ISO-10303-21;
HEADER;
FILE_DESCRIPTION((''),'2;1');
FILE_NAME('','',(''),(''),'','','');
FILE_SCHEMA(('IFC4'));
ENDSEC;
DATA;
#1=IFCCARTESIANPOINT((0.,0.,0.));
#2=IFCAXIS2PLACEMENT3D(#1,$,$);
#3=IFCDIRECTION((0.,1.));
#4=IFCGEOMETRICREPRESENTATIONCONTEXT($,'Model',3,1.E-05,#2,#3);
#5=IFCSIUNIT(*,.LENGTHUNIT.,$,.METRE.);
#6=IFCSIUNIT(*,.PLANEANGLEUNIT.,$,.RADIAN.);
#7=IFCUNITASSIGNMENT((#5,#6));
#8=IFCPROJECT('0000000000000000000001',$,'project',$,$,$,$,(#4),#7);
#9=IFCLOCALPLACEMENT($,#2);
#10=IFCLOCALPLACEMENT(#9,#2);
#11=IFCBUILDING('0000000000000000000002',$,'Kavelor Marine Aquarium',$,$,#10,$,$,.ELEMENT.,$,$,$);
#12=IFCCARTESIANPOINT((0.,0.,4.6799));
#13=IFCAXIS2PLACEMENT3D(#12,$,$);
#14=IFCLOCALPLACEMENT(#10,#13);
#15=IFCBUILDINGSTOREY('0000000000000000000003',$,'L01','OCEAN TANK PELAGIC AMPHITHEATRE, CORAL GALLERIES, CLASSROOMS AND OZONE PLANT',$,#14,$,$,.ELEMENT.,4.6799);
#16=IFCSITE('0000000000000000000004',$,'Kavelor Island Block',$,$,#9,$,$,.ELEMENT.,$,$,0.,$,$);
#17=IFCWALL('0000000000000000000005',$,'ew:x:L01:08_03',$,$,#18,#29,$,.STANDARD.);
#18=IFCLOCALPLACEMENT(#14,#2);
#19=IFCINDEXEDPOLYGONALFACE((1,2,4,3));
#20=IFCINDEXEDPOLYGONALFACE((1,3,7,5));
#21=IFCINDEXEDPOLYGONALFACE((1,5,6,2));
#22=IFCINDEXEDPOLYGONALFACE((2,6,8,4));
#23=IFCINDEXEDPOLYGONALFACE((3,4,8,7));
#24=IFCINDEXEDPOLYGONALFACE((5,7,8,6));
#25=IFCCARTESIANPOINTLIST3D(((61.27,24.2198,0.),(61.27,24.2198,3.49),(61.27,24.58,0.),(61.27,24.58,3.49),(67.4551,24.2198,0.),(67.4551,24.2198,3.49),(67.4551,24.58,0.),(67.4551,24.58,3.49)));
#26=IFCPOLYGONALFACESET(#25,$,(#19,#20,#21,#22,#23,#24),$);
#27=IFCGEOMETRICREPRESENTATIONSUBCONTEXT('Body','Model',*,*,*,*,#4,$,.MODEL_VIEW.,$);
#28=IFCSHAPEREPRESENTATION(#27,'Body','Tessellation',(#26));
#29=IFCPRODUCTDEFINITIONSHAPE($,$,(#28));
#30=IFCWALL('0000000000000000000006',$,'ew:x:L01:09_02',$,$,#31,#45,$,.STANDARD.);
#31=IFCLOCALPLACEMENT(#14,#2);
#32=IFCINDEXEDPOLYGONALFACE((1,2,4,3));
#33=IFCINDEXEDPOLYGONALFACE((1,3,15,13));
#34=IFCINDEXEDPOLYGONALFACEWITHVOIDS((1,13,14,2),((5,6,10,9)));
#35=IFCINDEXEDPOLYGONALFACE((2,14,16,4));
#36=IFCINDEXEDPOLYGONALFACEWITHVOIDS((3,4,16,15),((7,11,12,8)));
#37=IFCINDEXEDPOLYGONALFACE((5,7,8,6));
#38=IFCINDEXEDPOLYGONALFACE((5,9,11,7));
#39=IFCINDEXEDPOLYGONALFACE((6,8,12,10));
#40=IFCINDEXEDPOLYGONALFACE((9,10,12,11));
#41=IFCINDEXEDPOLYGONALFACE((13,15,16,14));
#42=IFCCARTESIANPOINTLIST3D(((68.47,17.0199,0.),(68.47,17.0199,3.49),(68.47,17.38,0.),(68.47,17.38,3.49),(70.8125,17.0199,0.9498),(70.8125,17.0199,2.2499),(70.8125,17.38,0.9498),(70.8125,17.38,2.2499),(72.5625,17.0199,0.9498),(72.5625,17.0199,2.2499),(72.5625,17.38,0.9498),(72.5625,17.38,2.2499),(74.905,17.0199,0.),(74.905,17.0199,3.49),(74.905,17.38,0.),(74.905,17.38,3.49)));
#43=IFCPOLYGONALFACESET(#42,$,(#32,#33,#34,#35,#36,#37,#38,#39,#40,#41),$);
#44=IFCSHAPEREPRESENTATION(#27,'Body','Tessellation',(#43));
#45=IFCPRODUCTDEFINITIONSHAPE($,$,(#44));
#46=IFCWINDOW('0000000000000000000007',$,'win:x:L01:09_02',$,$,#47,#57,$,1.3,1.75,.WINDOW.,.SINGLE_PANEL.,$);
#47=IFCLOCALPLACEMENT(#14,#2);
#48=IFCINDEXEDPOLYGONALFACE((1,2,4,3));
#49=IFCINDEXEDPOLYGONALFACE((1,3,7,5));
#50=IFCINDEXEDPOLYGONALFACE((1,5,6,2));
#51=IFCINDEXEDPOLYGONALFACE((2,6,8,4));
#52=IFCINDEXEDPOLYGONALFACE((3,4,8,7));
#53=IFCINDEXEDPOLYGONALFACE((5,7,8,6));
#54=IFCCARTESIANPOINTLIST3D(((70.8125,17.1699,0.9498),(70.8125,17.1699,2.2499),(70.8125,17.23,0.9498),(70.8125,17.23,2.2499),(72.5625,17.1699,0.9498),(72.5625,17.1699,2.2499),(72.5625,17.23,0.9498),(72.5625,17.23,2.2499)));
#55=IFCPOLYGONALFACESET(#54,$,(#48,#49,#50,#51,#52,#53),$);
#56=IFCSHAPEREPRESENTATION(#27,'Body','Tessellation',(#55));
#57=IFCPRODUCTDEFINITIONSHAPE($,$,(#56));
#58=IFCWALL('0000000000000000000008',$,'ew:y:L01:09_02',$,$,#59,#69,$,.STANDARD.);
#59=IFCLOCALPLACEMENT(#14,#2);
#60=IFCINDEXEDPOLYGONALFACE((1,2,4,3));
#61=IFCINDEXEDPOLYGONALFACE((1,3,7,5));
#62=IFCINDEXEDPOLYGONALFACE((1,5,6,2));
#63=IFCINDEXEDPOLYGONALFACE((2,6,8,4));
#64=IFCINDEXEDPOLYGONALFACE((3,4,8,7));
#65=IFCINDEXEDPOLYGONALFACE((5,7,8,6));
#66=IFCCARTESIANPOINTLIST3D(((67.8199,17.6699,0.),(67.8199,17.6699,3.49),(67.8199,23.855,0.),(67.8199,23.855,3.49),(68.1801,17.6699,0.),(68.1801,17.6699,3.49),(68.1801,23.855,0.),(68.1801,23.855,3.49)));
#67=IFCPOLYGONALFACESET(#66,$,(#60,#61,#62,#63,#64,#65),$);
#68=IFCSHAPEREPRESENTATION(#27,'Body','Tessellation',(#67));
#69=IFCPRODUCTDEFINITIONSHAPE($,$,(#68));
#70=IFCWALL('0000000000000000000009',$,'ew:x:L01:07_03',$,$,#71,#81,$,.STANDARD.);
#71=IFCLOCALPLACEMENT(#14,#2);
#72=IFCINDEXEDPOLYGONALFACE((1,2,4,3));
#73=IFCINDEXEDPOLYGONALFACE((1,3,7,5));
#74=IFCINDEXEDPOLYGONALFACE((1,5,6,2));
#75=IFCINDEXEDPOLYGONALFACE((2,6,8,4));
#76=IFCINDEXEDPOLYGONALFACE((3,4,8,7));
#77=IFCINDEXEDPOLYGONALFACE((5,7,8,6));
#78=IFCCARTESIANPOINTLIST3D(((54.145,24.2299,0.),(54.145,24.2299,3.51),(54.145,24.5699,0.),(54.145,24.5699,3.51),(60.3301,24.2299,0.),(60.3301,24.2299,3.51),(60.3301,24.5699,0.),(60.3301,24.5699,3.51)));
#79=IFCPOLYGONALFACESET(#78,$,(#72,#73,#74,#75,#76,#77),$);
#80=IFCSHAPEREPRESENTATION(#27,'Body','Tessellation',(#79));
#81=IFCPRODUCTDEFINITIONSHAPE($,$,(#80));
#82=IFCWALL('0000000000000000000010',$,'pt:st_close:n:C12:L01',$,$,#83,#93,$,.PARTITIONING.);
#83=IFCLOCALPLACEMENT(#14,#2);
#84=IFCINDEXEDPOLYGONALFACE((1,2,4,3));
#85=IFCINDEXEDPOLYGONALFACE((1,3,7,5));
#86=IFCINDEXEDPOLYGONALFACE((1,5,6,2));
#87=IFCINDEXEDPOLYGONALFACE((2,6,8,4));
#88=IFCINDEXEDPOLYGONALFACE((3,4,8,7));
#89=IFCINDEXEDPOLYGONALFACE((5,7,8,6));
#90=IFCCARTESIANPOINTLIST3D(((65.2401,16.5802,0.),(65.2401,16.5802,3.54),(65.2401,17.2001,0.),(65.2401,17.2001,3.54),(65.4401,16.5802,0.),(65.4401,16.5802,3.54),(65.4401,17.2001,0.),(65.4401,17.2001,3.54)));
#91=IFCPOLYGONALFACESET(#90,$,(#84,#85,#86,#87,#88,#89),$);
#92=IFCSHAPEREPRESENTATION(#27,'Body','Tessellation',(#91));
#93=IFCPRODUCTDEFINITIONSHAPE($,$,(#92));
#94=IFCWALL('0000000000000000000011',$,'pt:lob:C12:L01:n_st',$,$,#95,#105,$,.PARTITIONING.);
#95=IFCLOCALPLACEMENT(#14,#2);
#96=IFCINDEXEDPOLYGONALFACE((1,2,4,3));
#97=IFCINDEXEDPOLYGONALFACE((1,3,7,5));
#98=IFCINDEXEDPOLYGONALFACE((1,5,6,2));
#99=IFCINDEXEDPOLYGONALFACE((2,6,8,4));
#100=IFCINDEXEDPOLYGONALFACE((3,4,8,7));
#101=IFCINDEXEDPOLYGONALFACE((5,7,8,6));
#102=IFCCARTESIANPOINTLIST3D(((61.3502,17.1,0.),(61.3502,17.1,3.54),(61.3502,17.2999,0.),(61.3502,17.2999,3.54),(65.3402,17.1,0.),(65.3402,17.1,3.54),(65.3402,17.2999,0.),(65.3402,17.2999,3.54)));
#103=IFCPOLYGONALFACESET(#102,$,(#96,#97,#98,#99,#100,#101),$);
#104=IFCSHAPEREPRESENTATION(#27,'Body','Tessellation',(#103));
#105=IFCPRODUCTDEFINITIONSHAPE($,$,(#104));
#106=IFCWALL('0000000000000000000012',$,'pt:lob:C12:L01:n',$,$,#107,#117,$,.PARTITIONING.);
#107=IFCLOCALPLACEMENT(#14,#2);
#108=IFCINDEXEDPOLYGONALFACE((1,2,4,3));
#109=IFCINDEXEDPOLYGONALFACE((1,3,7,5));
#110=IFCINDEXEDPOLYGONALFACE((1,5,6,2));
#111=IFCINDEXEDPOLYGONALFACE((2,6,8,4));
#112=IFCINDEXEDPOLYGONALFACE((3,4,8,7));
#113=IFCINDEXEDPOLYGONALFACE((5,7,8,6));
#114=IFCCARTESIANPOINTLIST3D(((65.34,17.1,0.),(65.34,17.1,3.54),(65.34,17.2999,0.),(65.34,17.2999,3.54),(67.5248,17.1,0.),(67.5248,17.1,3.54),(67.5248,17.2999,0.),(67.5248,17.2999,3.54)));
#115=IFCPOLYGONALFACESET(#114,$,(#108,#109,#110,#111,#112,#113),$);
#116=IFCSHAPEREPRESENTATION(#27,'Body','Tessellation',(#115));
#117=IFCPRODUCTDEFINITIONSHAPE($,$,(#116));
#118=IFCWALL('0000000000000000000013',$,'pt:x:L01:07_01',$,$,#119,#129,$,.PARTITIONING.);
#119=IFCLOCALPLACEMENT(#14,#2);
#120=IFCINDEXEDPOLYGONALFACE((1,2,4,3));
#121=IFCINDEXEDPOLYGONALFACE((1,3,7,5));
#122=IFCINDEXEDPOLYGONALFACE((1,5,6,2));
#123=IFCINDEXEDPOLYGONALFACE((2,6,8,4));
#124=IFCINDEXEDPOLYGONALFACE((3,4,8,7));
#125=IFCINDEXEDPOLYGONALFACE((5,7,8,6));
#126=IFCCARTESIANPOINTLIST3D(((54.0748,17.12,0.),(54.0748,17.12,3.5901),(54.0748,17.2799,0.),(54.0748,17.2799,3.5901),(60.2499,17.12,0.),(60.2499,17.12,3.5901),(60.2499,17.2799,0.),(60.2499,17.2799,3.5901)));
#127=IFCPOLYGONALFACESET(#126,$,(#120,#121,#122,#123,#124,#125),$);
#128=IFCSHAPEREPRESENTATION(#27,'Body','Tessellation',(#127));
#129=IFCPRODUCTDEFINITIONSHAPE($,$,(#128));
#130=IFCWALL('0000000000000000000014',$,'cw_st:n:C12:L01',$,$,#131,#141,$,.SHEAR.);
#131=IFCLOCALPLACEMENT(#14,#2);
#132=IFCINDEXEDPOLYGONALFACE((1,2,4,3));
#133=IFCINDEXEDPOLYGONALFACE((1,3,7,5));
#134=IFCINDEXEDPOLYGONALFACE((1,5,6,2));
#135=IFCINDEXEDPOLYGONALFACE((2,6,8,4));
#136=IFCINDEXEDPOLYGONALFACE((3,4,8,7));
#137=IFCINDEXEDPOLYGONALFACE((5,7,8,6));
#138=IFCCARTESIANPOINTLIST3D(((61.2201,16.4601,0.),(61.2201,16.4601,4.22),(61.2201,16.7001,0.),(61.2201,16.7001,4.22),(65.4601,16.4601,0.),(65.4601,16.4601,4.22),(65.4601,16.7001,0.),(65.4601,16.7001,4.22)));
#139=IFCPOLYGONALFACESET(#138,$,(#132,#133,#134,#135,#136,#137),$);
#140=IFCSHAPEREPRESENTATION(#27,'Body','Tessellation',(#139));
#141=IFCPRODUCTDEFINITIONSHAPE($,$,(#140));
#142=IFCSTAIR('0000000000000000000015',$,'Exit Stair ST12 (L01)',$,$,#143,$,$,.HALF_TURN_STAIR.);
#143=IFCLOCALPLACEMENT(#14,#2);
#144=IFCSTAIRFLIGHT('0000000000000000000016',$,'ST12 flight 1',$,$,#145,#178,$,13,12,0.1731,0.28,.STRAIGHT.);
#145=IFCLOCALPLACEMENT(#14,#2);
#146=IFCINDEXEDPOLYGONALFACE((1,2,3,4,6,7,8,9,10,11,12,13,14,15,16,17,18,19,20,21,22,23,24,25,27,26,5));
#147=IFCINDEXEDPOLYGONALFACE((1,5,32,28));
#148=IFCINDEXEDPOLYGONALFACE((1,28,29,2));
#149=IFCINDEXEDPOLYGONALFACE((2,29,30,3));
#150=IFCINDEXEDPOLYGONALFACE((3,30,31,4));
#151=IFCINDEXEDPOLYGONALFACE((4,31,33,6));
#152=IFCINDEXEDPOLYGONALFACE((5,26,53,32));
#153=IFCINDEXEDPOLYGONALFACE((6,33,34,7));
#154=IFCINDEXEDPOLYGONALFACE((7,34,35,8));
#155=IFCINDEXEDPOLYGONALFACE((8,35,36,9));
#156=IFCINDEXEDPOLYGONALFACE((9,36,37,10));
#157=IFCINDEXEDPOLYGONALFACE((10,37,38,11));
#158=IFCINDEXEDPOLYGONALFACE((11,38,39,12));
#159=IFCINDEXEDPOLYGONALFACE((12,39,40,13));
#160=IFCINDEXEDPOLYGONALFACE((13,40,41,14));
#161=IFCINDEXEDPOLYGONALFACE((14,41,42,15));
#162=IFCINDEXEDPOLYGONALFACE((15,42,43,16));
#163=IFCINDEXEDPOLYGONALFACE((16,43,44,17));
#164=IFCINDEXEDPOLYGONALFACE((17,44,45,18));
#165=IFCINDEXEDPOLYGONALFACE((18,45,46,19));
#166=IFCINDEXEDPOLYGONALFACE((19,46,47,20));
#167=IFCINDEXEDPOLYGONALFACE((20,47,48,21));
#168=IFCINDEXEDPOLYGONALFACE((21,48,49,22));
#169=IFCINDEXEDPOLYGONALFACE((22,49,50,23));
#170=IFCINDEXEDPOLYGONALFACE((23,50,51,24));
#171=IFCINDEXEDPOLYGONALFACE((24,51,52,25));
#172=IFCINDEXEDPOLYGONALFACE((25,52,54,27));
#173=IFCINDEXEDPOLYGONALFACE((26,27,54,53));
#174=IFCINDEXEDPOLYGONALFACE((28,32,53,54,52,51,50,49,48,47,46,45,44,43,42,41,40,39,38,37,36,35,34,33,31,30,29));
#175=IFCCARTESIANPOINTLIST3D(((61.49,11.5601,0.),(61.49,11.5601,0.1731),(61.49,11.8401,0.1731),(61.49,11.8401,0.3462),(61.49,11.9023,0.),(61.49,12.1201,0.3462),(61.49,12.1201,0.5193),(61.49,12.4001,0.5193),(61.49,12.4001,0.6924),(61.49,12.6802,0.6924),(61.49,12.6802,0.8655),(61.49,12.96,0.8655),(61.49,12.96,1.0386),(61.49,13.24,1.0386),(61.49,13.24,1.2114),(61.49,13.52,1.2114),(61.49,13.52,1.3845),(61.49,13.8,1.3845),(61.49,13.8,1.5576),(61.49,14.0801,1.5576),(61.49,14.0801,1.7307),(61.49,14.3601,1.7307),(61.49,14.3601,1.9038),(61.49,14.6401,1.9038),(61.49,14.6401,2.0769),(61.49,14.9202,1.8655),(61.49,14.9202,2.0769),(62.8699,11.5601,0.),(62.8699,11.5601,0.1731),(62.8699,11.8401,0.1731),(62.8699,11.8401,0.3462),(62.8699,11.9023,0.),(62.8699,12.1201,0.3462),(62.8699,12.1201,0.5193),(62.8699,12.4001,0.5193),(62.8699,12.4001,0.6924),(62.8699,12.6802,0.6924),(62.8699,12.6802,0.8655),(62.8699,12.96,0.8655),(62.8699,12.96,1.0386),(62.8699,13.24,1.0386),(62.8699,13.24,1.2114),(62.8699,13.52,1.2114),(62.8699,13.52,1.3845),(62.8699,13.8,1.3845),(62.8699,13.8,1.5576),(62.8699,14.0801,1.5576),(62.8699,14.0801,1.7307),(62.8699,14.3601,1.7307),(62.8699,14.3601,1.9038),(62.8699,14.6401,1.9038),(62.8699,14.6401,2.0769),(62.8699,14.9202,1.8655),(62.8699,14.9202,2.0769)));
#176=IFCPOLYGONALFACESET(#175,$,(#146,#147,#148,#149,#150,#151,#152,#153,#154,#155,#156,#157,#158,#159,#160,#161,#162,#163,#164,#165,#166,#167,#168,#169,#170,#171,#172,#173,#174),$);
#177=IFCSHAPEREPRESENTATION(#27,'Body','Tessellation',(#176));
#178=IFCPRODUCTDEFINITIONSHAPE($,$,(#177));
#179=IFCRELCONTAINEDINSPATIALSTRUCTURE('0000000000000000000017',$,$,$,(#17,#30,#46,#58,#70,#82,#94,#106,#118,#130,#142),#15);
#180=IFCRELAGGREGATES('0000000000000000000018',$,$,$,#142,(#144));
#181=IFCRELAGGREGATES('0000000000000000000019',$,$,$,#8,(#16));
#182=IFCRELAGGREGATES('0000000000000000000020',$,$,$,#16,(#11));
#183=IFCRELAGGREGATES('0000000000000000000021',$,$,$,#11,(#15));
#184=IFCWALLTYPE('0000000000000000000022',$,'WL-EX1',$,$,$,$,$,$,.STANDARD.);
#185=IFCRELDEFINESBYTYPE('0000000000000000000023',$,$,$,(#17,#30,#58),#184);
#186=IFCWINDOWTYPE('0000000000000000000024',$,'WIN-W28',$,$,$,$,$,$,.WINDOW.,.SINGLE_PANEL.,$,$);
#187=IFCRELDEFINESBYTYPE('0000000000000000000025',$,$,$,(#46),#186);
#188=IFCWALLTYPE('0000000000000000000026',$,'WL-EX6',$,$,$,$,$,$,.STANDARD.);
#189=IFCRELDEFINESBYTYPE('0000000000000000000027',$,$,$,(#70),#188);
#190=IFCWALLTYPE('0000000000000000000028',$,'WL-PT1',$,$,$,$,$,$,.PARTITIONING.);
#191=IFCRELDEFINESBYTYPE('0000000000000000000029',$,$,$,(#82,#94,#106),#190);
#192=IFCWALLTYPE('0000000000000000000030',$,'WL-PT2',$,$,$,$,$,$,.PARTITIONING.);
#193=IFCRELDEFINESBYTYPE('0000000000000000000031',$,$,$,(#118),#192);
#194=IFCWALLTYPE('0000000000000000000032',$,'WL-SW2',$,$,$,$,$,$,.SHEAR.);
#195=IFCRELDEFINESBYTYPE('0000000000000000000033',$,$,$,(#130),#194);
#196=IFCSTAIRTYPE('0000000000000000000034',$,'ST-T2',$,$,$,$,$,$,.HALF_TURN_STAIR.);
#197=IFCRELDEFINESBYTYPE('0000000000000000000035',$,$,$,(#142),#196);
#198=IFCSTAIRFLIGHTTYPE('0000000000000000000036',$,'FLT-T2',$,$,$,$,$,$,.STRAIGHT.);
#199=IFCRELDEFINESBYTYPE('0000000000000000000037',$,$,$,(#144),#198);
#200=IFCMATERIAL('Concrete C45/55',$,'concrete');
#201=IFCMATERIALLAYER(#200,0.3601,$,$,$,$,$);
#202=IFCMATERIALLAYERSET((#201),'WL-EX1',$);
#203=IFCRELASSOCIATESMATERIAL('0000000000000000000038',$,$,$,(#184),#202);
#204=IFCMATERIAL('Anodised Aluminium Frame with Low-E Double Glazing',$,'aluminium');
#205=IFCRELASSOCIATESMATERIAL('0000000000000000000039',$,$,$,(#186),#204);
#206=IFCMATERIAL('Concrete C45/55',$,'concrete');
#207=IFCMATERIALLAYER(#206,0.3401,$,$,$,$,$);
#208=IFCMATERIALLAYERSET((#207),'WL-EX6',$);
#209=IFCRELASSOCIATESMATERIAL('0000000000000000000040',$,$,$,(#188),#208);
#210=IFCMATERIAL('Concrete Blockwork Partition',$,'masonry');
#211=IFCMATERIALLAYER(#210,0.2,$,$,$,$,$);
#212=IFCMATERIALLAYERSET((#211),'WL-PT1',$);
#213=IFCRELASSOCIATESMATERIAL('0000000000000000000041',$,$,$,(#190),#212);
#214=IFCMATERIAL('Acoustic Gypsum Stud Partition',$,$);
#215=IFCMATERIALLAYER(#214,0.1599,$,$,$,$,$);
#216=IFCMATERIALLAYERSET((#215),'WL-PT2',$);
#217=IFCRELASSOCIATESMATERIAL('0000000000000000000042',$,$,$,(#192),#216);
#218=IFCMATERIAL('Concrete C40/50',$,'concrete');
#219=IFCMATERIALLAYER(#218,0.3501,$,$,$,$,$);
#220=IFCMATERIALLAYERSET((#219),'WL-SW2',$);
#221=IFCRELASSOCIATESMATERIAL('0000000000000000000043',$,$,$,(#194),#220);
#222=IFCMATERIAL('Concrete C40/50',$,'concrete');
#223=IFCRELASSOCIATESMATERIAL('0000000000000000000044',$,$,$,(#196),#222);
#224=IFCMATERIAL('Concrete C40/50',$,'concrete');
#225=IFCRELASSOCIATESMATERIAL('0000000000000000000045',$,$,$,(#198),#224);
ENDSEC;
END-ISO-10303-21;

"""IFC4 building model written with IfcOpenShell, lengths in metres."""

from ifc_helpers import new_model, si_unit, direction, frame, frame_2d, origin, place, context, subcontext, project, spatial, polyline, rectangle, outline, extrude, material, layer, layer_set, type_object, element, fill, aggregate, save


model = new_model("IFC4")

# Units and contexts
model_context = context("Model", 3, precision=1e-05, world=origin(), true_north=direction((0.0, 1.0)))
body_context = subcontext(model_context, "Body", "Model", "MODEL_VIEW")
ifc_project = project(units=[si_unit("LENGTHUNIT", "METRE"), si_unit("PLANEANGLEUNIT", "RADIAN")], contexts=[model_context])

# Site, building, storey
site_placement = place(None, origin())
site = spatial("IfcSite", under=ifc_project, at=site_placement, Name="Kavelor Island Block", CompositionType="ELEMENT", RefElevation=0.0)
building_placement = place(site_placement, origin())
building = spatial("IfcBuilding", under=site, at=building_placement, Name="Kavelor Marine Aquarium", CompositionType="ELEMENT")
storey_placement = place(building_placement, frame((0.0, 0.0, 4.6799)))
storey = spatial("IfcBuildingStorey", under=building, at=storey_placement, Name="L01", Description="OCEAN TANK PELAGIC AMPHITHEATRE, CORAL GALLERIES, CLASSROOMS AND OZONE PLANT", CompositionType="ELEMENT", Elevation=4.6799)

# Wall
ifc_material_1 = material(Name="Concrete C45/55", Category="concrete")
ifc_layer_1 = layer(ifc_material_1, 0.3601)
ifc_layer_set_1 = layer_set([ifc_layer_1], Name="WL-EX1")
wall_type_1 = type_object("IfcWallType", Name="WL-EX1", PredefinedType="STANDARD", material=ifc_layer_set_1)
wall_1_placement = place(storey_placement, frame((61.27, 24.3999, 0.0), z_axis=(0.0, 0.0, 1.0), x_axis=(1.0, 0.0, 0.0)))
element("IfcWall", 1, at=wall_1_placement, inside=storey, type_object=wall_type_1, Name="ew:x:L01:08_03", PredefinedType="STANDARD", context=body_context, shape_type="SweptSolid", body=[
    extrude(rectangle(XDim=6.1851, YDim=0.3601, at=frame_2d((3.0925, 0.0))), origin(), (0.0, 0.0, 1.0), 3.49),
])

# Wall, opening, window
wall_2_placement = place(storey_placement, frame((68.47, 17.2, 0.0), z_axis=(0.0, 0.0, 1.0), x_axis=(1.0, 0.0, 0.0)))
wall_2 = element("IfcWall", 2, at=wall_2_placement, inside=storey, type_object=wall_type_1, Name="ew:x:L01:09_02", PredefinedType="STANDARD", context=body_context, shape_type="SweptSolid", body=[
    extrude(rectangle(XDim=6.4351, YDim=0.3601, at=frame_2d((3.2175, 0.0))), origin(), (0.0, 0.0, 1.0), 3.49),
])
opening_placement = place(wall_2_placement, frame((2.3425, 0.0, 0.95)))
opening = element("IfcOpeningElement", 3, at=opening_placement, cuts=wall_2, PredefinedType="OPENING", context=body_context, shape_type="SweptSolid", body=[
    extrude(rectangle(XDim=1.75, YDim=1.3, at=frame_2d((0.875, 0.6499))), frame((0.0, 0.1899, 0.0), z_axis=(0.0, -1.0, 0.0), x_axis=(1.0, 0.0, 0.0)), (0.0, 0.0, 1.0), 0.3801),
])
ifc_material_2 = material(Name="Anodised Aluminium Frame with Low-E Double Glazing", Category="aluminium")
window_type = type_object("IfcWindowType", Name="WIN-W28", PartitioningType="SINGLE_PANEL", PredefinedType="WINDOW", material=ifc_material_2)
window_placement = place(opening_placement, origin())
window = element("IfcWindow", 4, at=window_placement, inside=storey, type_object=window_type, Name="win:x:L01:09_02", OverallHeight=1.3, OverallWidth=1.75, PartitioningType="SINGLE_PANEL", PredefinedType="WINDOW", context=body_context, shape_type="SweptSolid", body=[
    extrude(rectangle(XDim=1.75, YDim=1.3, at=frame_2d((0.875, 0.6499))), frame((0.0, 0.03, 0.0), z_axis=(0.0, -1.0, 0.0), x_axis=(1.0, 0.0, 0.0)), (0.0, 0.0, 1.0), 0.0601),
])
fill(opening, window)

# Walls
wall_3_placement = place(storey_placement, frame((68.0, 23.855, 0.0), z_axis=(0.0, 0.0, 1.0), x_axis=(0.0, -1.0, 0.0)))
element("IfcWall", 5, at=wall_3_placement, inside=storey, type_object=wall_type_1, Name="ew:y:L01:09_02", PredefinedType="STANDARD", context=body_context, shape_type="SweptSolid", body=[
    extrude(rectangle(XDim=6.1851, YDim=0.3601, at=frame_2d((3.0925, 0.0))), origin(), (0.0, 0.0, 1.0), 3.49),
])
ifc_material_3 = material(Name="Concrete C45/55", Category="concrete")
ifc_layer_2 = layer(ifc_material_3, 0.3401)
ifc_layer_set_2 = layer_set([ifc_layer_2], Name="WL-EX6")
wall_type_2 = type_object("IfcWallType", Name="WL-EX6", PredefinedType="STANDARD", material=ifc_layer_set_2)
wall_4_placement = place(storey_placement, frame((54.145, 24.3999, 0.0), z_axis=(0.0, 0.0, 1.0), x_axis=(1.0, 0.0, 0.0)))
element("IfcWall", 6, at=wall_4_placement, inside=storey, type_object=wall_type_2, Name="ew:x:L01:07_03", PredefinedType="STANDARD", context=body_context, shape_type="SweptSolid", body=[
    extrude(rectangle(XDim=6.1851, YDim=0.3401, at=frame_2d((3.0925, 0.0))), origin(), (0.0, 0.0, 1.0), 3.51),
])
ifc_material_4 = material(Name="Concrete Blockwork Partition", Category="masonry")
ifc_layer_3 = layer(ifc_material_4, 0.2)
ifc_layer_set_3 = layer_set([ifc_layer_3], Name="WL-PT1")
wall_type_3 = type_object("IfcWallType", Name="WL-PT1", PredefinedType="PARTITIONING", material=ifc_layer_set_3)
wall_5_placement = place(storey_placement, frame((65.3401, 16.5801, 0.0), z_axis=(0.0, 0.0, 1.0), x_axis=(0.0, 1.0, 0.0)))
element("IfcWall", 7, at=wall_5_placement, inside=storey, type_object=wall_type_3, Name="pt:st_close:n:C12:L01", PredefinedType="PARTITIONING", context=body_context, shape_type="SweptSolid", body=[
    extrude(rectangle(XDim=0.6199, YDim=0.2, at=frame_2d((0.3101, 0.0))), origin(), (0.0, 0.0, 1.0), 3.54),
])
wall_6_placement = place(storey_placement, frame((61.3501, 17.2, 0.0), z_axis=(0.0, 0.0, 1.0), x_axis=(1.0, 0.0, 0.0)))
element("IfcWall", 8, at=wall_6_placement, inside=storey, type_object=wall_type_3, Name="pt:lob:C12:L01:n_st", PredefinedType="PARTITIONING", context=body_context, shape_type="SweptSolid", body=[
    extrude(rectangle(XDim=3.99, YDim=0.2, at=frame_2d((1.9951, 0.0))), origin(), (0.0, 0.0, 1.0), 3.54),
])
wall_7_placement = place(storey_placement, frame((65.3401, 17.2, 0.0), z_axis=(0.0, 0.0, 1.0), x_axis=(1.0, 0.0, 0.0)))
element("IfcWall", 9, at=wall_7_placement, inside=storey, type_object=wall_type_3, Name="pt:lob:C12:L01:n", PredefinedType="PARTITIONING", context=body_context, shape_type="SweptSolid", body=[
    extrude(rectangle(XDim=2.1848, YDim=0.2, at=frame_2d((1.0923, 0.0))), origin(), (0.0, 0.0, 1.0), 3.54),
])
ifc_material_5 = material(Name="Acoustic Gypsum Stud Partition")
ifc_layer_4 = layer(ifc_material_5, 0.1599)
ifc_layer_set_4 = layer_set([ifc_layer_4], Name="WL-PT2")
wall_type_4 = type_object("IfcWallType", Name="WL-PT2", PredefinedType="PARTITIONING", material=ifc_layer_set_4)
wall_8_placement = place(storey_placement, frame((54.075, 17.2, 0.0), z_axis=(0.0, 0.0, 1.0), x_axis=(1.0, 0.0, 0.0)))
element("IfcWall", 10, at=wall_8_placement, inside=storey, type_object=wall_type_4, Name="pt:x:L01:07_01", PredefinedType="PARTITIONING", context=body_context, shape_type="SweptSolid", body=[
    extrude(rectangle(XDim=6.175, YDim=0.1599, at=frame_2d((3.0874, 0.0))), origin(), (0.0, 0.0, 1.0), 3.5901),
])
ifc_material_6 = material(Name="Concrete C40/50", Category="concrete")
ifc_layer_5 = layer(ifc_material_6, 0.3501)
ifc_layer_set_5 = layer_set([ifc_layer_5], Name="WL-SW2")
wall_type_5 = type_object("IfcWallType", Name="WL-SW2", PredefinedType="SHEAR", material=ifc_layer_set_5)
wall_9_placement = place(storey_placement, frame((61.22, 16.5801, 0.0), z_axis=(0.0, 0.0, 1.0), x_axis=(1.0, 0.0, 0.0)))
element("IfcWall", 11, at=wall_9_placement, inside=storey, type_object=wall_type_5, Name="cw_st:n:C12:L01", PredefinedType="SHEAR", context=body_context, shape_type="SweptSolid", body=[
    extrude(rectangle(XDim=4.24, YDim=0.24, at=frame_2d((2.1201, 0.0))), origin(), (0.0, 0.0, 1.0), 4.22),
])

# Stair, stair flight
ifc_material_7 = material(Name="Concrete C40/50", Category="concrete")
stair_type = type_object("IfcStairType", Name="ST-T2", PredefinedType="HALF_TURN_STAIR", material=ifc_material_7)
stair_placement = place(storey_placement, origin())
stair = element("IfcStair", 12, at=stair_placement, inside=storey, type_object=stair_type, Name="Exit Stair ST12 (L01)", PredefinedType="HALF_TURN_STAIR")
ifc_material_8 = material(Name="Concrete C40/50", Category="concrete")
stair_flight_type = type_object("IfcStairFlightType", Name="FLT-T2", PredefinedType="STRAIGHT", material=ifc_material_8)
stair_flight_1_placement = place(storey_placement, frame((62.1799, 11.5601, 0.0), z_axis=(0.0, 0.0, 1.0), x_axis=(0.0, 1.0, 0.0)))
stair_flight_1 = element("IfcStairFlight", 13, at=stair_flight_1_placement, type_object=stair_flight_type, Name="ST12 flight 1", NumberOfRisers=13, NumberOfTreads=12, PredefinedType="STRAIGHT", RiserHeight=0.1731, TreadLength=0.28, context=body_context, shape_type="SweptSolid", body=[
    extrude(outline(polyline([(0.0, 0.0), (0.0, 0.1731), (0.28, 0.1731), (0.28, 0.3462), (0.5601, 0.3462), (0.5601, 0.5193), (0.8401, 0.5193), (0.8401, 0.6924), (1.1201, 0.6924), (1.1201, 0.8655), (1.3999, 0.8655), (1.3999, 1.0386), (1.6799, 1.0386), (1.6799, 1.2114), (1.96, 1.2114), (1.96, 1.3845), (2.24, 1.3845), (2.24, 1.5576), (2.52, 1.5576), (2.52, 1.7307), (2.8, 1.7307), (2.8, 1.9038), (3.0801, 1.9038), (3.0801, 2.0769), (3.3601, 2.0769), (3.3601, 2.25), (3.3601, 1.8655), (0.3423, 0.0), (0.0, 0.0)])), frame((0.0, 0.6899, 0.0), z_axis=(0.0, -1.0, 0.0), x_axis=(1.0, 0.0, 0.0)), (0.0, 0.0, 1.0), 1.3799),
])
aggregate(stair, [stair_flight_1])

save(model, "model.ifc")
